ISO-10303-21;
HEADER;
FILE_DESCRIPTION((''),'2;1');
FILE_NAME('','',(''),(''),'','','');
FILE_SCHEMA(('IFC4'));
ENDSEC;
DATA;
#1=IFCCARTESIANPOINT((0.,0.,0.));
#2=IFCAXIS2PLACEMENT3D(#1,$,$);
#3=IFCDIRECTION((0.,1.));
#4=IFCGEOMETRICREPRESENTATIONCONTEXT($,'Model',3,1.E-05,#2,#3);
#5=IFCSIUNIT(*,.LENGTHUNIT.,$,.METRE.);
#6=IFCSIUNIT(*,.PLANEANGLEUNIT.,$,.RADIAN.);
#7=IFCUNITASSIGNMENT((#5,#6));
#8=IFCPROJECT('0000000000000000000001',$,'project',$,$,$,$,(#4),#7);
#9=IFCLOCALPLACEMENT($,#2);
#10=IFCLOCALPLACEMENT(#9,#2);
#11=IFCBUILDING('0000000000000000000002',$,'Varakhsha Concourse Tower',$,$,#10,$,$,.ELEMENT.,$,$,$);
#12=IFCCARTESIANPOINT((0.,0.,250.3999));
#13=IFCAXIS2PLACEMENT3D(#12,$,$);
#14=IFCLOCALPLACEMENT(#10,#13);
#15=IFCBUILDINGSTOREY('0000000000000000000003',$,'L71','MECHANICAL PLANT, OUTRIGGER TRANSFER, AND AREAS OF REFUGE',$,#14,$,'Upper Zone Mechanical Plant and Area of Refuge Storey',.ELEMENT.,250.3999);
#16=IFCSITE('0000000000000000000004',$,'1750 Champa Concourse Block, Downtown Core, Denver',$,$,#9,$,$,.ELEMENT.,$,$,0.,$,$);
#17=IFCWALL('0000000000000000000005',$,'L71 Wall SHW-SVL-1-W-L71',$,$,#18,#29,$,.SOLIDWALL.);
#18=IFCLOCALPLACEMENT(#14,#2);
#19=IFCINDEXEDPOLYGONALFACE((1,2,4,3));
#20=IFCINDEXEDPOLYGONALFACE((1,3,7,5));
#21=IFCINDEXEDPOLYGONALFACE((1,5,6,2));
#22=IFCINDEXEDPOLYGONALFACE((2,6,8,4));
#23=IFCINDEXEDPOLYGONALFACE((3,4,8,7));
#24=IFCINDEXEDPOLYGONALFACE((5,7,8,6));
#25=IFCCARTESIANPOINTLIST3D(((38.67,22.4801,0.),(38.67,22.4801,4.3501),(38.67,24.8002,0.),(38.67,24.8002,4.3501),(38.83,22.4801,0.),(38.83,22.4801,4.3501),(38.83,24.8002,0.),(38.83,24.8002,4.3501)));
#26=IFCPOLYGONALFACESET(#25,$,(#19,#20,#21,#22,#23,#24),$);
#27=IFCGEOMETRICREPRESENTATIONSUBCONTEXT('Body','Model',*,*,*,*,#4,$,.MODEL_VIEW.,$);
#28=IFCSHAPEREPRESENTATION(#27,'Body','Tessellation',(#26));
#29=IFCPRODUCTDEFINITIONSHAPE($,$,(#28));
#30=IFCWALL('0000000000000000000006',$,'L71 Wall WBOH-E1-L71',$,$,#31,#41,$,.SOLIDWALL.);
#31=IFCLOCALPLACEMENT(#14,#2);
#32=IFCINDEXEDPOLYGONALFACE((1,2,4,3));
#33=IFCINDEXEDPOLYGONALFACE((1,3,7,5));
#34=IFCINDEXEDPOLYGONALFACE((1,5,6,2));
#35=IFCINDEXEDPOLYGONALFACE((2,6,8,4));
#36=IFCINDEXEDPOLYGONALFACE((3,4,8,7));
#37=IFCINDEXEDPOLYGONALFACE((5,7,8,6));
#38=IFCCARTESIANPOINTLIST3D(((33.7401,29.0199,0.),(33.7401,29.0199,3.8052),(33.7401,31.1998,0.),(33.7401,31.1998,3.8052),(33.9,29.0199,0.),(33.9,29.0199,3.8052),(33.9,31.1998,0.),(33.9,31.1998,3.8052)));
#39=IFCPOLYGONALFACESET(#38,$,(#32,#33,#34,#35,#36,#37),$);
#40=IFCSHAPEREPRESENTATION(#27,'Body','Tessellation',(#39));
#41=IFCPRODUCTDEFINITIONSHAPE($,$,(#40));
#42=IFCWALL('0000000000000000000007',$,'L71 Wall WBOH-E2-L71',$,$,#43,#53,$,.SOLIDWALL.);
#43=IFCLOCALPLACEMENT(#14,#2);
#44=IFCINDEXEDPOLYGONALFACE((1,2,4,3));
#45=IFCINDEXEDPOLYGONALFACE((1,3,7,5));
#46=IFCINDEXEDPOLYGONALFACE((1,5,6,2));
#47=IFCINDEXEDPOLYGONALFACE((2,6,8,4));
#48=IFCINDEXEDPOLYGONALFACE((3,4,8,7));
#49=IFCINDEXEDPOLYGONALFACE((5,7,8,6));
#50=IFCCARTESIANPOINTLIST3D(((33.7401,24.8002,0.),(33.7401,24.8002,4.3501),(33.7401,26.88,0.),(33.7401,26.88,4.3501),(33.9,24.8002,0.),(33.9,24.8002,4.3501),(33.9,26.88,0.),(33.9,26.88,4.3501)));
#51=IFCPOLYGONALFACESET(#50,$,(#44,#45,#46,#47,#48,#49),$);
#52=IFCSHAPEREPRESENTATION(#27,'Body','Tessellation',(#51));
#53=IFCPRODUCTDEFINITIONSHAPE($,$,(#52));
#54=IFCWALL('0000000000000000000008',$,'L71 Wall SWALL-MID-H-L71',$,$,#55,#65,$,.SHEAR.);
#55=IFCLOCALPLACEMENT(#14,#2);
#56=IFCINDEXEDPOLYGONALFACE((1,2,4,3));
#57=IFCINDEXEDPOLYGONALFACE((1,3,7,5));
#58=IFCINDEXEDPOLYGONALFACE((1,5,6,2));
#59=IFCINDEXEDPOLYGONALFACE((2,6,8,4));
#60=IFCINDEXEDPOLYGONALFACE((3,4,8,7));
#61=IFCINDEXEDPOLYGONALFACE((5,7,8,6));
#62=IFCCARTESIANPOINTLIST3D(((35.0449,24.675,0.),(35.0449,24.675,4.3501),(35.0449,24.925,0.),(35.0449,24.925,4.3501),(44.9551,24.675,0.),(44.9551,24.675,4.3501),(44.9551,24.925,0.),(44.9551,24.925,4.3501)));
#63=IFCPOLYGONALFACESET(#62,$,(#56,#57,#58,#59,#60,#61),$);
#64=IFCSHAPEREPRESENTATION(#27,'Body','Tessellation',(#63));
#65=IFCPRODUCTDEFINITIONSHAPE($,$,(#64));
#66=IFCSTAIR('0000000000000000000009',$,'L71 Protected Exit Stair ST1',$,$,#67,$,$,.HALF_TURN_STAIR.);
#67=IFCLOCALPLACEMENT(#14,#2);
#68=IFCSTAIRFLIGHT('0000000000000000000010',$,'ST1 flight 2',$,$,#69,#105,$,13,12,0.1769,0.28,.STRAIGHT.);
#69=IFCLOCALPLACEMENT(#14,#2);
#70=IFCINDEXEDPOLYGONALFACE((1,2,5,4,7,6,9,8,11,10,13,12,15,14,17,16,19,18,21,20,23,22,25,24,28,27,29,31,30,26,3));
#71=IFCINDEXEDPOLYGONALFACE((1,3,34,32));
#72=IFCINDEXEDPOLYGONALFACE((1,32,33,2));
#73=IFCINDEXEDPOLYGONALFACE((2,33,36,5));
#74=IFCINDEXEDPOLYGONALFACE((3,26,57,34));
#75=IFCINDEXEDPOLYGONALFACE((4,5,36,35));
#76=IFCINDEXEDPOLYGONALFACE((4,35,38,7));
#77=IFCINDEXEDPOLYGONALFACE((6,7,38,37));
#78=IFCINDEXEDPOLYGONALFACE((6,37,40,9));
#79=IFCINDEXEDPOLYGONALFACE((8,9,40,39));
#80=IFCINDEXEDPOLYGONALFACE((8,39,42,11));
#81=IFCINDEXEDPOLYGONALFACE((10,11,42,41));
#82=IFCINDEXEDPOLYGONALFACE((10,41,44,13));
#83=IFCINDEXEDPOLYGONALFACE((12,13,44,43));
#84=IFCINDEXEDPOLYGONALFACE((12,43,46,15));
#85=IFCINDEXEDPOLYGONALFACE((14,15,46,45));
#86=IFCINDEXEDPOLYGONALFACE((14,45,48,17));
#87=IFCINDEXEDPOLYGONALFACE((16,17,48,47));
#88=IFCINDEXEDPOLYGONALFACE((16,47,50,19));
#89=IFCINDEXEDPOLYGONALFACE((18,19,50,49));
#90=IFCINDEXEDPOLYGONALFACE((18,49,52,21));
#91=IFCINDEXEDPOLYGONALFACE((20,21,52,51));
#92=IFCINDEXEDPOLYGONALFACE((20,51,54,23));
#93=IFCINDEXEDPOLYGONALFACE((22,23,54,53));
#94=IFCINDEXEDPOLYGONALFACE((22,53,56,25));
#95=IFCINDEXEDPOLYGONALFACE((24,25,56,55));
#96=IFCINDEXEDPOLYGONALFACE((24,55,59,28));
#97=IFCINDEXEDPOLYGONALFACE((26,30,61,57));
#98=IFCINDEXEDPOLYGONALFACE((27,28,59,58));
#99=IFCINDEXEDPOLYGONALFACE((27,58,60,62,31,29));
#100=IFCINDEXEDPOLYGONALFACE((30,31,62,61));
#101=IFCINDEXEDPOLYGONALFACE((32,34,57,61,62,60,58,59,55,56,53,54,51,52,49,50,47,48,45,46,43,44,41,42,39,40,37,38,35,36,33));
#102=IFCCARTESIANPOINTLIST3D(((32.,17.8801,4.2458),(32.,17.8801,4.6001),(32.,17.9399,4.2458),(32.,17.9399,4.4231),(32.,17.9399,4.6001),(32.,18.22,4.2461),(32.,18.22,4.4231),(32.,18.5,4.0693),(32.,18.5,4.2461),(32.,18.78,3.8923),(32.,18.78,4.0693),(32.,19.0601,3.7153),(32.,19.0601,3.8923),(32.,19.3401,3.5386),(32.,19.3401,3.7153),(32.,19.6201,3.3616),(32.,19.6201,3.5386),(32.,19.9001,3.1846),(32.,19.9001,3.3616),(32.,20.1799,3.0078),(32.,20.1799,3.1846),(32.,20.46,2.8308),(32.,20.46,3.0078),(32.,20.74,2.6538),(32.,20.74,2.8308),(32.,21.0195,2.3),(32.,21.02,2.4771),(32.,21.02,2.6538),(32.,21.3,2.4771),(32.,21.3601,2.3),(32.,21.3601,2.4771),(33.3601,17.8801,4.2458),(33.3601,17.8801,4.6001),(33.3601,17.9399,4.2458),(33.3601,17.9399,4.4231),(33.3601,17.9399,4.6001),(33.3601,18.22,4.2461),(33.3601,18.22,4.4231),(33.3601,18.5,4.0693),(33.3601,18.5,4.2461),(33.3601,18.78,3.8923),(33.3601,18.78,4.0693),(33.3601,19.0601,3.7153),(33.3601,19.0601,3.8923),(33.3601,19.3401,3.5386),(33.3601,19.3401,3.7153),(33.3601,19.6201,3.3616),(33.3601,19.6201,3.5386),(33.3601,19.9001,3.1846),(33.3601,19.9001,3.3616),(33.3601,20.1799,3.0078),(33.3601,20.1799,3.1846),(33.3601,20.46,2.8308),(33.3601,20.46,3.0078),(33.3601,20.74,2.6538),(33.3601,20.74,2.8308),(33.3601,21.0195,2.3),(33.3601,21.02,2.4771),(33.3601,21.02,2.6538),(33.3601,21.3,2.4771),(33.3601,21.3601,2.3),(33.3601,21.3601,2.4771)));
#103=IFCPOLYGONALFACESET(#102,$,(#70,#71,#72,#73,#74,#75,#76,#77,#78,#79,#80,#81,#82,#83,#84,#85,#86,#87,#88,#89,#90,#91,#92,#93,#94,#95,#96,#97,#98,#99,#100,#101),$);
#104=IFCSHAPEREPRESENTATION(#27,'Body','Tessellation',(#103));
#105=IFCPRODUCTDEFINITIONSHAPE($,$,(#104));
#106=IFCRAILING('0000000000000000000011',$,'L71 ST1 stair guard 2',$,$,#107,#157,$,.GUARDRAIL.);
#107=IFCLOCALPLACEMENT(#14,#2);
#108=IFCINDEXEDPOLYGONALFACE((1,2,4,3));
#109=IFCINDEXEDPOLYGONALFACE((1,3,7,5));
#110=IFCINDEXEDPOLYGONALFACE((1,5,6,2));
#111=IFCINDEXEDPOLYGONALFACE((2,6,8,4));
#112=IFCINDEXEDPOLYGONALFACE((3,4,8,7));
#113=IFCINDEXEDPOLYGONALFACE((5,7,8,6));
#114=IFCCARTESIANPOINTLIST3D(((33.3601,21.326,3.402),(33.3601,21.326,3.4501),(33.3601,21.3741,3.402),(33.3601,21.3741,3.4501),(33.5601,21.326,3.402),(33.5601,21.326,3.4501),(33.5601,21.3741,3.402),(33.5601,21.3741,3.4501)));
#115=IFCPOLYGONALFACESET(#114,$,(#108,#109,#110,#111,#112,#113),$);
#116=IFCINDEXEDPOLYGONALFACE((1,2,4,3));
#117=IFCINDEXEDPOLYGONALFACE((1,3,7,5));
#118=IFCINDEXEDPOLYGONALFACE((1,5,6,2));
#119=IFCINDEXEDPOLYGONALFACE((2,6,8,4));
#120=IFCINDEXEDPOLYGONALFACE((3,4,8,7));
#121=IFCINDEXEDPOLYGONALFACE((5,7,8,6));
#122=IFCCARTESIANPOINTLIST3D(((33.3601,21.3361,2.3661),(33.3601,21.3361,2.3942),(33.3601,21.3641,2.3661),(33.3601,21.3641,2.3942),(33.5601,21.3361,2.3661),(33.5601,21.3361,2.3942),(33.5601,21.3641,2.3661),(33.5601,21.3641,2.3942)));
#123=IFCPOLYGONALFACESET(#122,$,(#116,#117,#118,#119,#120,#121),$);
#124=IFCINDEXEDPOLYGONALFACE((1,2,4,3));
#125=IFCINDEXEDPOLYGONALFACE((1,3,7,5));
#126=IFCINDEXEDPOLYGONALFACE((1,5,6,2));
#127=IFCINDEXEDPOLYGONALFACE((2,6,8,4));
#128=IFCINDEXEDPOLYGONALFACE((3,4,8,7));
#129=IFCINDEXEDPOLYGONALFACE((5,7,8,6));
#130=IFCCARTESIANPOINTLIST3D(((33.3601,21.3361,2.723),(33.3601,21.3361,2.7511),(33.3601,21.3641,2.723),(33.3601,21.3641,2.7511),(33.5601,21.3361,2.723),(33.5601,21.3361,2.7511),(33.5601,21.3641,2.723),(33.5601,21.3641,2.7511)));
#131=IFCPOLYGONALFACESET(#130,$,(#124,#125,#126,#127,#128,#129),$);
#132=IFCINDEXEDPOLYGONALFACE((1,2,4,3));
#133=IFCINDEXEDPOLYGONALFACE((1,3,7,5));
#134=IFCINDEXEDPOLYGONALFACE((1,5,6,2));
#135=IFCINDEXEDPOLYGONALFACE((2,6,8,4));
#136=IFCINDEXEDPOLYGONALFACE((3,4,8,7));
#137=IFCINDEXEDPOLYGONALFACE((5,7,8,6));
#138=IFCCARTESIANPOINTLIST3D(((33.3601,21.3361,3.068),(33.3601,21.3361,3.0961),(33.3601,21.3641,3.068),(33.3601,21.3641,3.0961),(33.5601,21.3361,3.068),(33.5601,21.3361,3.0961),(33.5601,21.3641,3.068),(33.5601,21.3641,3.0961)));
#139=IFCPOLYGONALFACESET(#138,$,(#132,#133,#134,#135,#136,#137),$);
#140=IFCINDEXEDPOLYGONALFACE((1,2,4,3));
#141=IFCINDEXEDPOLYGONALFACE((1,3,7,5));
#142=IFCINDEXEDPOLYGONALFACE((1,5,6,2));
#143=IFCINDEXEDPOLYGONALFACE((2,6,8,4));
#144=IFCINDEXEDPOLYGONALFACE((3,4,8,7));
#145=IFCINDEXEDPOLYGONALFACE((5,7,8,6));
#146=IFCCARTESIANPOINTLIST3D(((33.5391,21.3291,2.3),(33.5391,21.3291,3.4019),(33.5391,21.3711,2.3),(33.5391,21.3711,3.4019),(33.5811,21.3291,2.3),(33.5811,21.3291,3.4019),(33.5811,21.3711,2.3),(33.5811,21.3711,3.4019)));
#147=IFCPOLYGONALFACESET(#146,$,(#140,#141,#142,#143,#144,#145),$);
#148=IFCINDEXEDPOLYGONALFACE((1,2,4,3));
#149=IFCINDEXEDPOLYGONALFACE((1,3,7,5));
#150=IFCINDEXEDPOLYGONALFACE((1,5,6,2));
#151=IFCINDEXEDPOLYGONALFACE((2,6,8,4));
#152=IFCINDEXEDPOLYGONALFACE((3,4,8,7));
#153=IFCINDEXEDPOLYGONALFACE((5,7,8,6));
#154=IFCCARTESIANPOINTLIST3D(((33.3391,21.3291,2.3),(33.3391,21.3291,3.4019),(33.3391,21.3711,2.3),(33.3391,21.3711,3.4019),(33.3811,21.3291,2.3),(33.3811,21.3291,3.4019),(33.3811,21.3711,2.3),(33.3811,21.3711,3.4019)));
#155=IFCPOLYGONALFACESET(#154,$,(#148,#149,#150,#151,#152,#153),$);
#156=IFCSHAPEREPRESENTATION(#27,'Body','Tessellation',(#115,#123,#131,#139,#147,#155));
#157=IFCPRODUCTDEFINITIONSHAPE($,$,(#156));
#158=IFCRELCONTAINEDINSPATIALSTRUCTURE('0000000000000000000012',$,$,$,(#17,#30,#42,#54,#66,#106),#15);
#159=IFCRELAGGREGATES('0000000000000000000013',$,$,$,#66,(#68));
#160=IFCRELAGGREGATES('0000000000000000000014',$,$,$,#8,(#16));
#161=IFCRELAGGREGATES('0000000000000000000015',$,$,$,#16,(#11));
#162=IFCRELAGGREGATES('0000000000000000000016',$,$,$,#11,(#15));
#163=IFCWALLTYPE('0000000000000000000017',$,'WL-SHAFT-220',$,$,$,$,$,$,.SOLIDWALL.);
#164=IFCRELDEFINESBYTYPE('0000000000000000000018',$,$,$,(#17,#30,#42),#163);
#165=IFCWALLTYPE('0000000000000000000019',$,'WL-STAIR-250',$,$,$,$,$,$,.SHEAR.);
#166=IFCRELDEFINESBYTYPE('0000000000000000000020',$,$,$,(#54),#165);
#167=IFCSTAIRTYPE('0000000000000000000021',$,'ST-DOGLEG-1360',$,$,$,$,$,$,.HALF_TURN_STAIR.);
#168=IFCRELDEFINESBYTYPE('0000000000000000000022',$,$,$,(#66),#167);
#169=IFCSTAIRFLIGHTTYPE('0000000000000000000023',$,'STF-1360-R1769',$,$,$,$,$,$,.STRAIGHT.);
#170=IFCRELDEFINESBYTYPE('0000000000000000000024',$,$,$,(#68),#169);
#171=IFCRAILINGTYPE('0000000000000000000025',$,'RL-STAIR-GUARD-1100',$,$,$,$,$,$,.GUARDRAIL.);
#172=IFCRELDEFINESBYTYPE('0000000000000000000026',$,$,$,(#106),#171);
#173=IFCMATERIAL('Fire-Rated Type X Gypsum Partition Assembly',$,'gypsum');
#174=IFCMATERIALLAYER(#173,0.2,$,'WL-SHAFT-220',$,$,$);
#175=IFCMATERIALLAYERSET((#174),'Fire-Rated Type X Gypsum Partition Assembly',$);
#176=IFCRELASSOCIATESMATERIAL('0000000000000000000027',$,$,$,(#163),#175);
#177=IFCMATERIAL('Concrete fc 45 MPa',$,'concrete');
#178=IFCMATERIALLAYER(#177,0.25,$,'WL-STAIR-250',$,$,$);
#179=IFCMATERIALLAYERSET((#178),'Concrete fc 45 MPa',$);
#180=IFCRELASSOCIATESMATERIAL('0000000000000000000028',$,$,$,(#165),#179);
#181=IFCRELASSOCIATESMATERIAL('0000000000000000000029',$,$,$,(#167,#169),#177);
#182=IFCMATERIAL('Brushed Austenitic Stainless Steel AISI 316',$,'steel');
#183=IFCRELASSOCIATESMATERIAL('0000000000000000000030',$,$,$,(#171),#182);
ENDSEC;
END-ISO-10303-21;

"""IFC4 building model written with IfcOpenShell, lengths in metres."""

from ifc_helpers import new_model, si_unit, direction, frame, frame_2d, origin, origin_2d, place, context, subcontext, project, spatial, polyline, rectangle, outline, extrude, material, layer, layer_set, type_object, element, aggregate, save


model = new_model("IFC4")

# Units and contexts
model_context = context("Model", 3, precision=1e-05, world=origin(), true_north=direction((0.0, 1.0)))
body_context = subcontext(model_context, "Body", "Model", "MODEL_VIEW")
ifc_project = project(units=[si_unit("LENGTHUNIT", "METRE"), si_unit("PLANEANGLEUNIT", "RADIAN")], contexts=[model_context])

# Site, building, storey
site_placement = place(None, origin())
site = spatial("IfcSite", under=ifc_project, at=site_placement, Name="1750 Champa Concourse Block, Downtown Core, Denver", CompositionType="ELEMENT", RefElevation=0.0)
building_placement = place(site_placement, origin())
building = spatial("IfcBuilding", under=site, at=building_placement, Name="Varakhsha Concourse Tower", CompositionType="ELEMENT")
storey_placement = place(building_placement, frame((0.0, 0.0, 250.3999)))
storey = spatial("IfcBuildingStorey", under=building, at=storey_placement, Name="L71", Description="MECHANICAL PLANT, OUTRIGGER TRANSFER, AND AREAS OF REFUGE", LongName="Upper Zone Mechanical Plant and Area of Refuge Storey", CompositionType="ELEMENT", Elevation=250.3999)

# Shared definitions
ifc_material_1 = material(Name="Fire-Rated Type X Gypsum Partition Assembly", Category="gypsum")

# Shared definitions
ifc_layer_1 = layer(ifc_material_1, 0.2, Name="WL-SHAFT-220")
ifc_layer_set_1 = layer_set([ifc_layer_1], Name="Fire-Rated Type X Gypsum Partition Assembly")
wall_type_1 = type_object("IfcWallType", Name="WL-SHAFT-220", PredefinedType="SOLIDWALL", material=ifc_layer_set_1)
ifc_material_2 = material(Name="Brushed Austenitic Stainless Steel AISI 316", Category="steel")

# Walls
for number, where, z_axis, x_axis, name in (
    (1, (38.75, 22.48, 0.0), (0.0, 0.0, 1.0), (0.0, 1.0, 0.0), "L71 Wall SHW-SVL-1-W-L71"),
):
    element("IfcWall", number, at=place(storey_placement, frame(where, z_axis=z_axis, x_axis=x_axis)), inside=storey, type_object=wall_type_1, Name=name, PredefinedType="SOLIDWALL", context=body_context, shape_type="SweptSolid", body=[
        extrude(rectangle(XDim=2.3201, YDim=0.1599, at=frame_2d((1.1602, 0.0))), origin(), (0.0, 0.0, 1.0), 4.3501),
    ])
wall_1_placement = place(storey_placement, frame((33.8201, 29.02, 0.0), z_axis=(0.0, 0.0, 1.0), x_axis=(0.0, 1.0, 0.0)))
element("IfcWall", 2, at=wall_1_placement, inside=storey, type_object=wall_type_1, Name="L71 Wall WBOH-E1-L71", PredefinedType="SOLIDWALL", context=body_context, shape_type="SweptSolid", body=[
    extrude(rectangle(XDim=2.1799, YDim=0.1599, at=frame_2d((1.0898, 0.0))), origin(), (0.0, 0.0, 1.0), 3.8052),
])
wall_2_placement = place(storey_placement, frame((33.8201, 24.8, 0.0), z_axis=(0.0, 0.0, 1.0), x_axis=(0.0, 1.0, 0.0)))
element("IfcWall", 3, at=wall_2_placement, inside=storey, type_object=wall_type_1, Name="L71 Wall WBOH-E2-L71", PredefinedType="SOLIDWALL", context=body_context, shape_type="SweptSolid", body=[
    extrude(rectangle(XDim=2.0798, YDim=0.1599, at=frame_2d((1.04, 0.0))), origin(), (0.0, 0.0, 1.0), 4.3501),
])
ifc_material_3 = material(Name="Concrete fc 45 MPa", Category="concrete")
ifc_layer_2 = layer(ifc_material_3, 0.25, Name="WL-STAIR-250")
ifc_layer_set_2 = layer_set([ifc_layer_2], Name="Concrete fc 45 MPa")
wall_type_2 = type_object("IfcWallType", Name="WL-STAIR-250", PredefinedType="SHEAR", material=ifc_layer_set_2)
wall_3_placement = place(storey_placement, frame((35.0449, 24.8, 0.0), z_axis=(0.0, 0.0, 1.0), x_axis=(1.0, 0.0, 0.0)))
element("IfcWall", 4, at=wall_3_placement, inside=storey, type_object=wall_type_2, Name="L71 Wall SWALL-MID-H-L71", PredefinedType="SHEAR", context=body_context, shape_type="SweptSolid", body=[
    extrude(rectangle(XDim=9.9102, YDim=0.25, at=frame_2d((4.9551, 0.0))), origin(), (0.0, 0.0, 1.0), 4.3501),
])

# Stair, stair flight
stair_type = type_object("IfcStairType", Name="ST-DOGLEG-1360", PredefinedType="HALF_TURN_STAIR", material=ifc_material_3)
stair_placement = place(storey_placement, origin())
stair = element("IfcStair", 5, at=stair_placement, inside=storey, type_object=stair_type, Name="L71 Protected Exit Stair ST1", PredefinedType="HALF_TURN_STAIR")
stair_flight_type = type_object("IfcStairFlightType", Name="STF-1360-R1769", PredefinedType="STRAIGHT", material=ifc_material_3)
stair_flight_placement = place(storey_placement, frame((32.6799, 21.3, 2.3), z_axis=(0.0, 0.0, 1.0), x_axis=(0.0, -1.0, 0.0)))
stair_flight = element("IfcStairFlight", 6, at=stair_flight_placement, type_object=stair_flight_type, Name="ST1 flight 2", NumberOfRisers=13, NumberOfTreads=12, PredefinedType="STRAIGHT", RiserHeight=0.1769, TreadLength=0.28, context=body_context, shape_type="SweptSolid", body=[
    extrude(outline(polyline([(-0.0601, 0.0), (-0.0601, 0.177), (0.0, 0.177), (0.28, 0.177), (0.28, 0.3538), (0.5601, 0.3538), (0.5601, 0.5308), (0.8401, 0.5308), (0.8401, 0.7078), (1.1201, 0.7078), (1.1201, 0.8845), (1.3999, 0.8845), (1.3999, 1.0615), (1.6799, 1.0615), (1.6799, 1.2385), (1.96, 1.2385), (1.96, 1.4153), (2.24, 1.4153), (2.24, 1.5923), (2.52, 1.5923), (2.52, 1.7693), (2.8, 1.7693), (2.8, 1.946), (3.0801, 1.946), (3.0801, 2.123), (3.3601, 2.123), (3.3601, 2.3), (3.4199, 2.3), (3.4199, 1.9458), (3.3601, 1.9458), (0.2805, 0.0), (-0.0601, 0.0)])), frame((0.0, 0.6802, 0.0), z_axis=(0.0, -1.0, 0.0), x_axis=(1.0, 0.0, 0.0)), (0.0, 0.0, 1.0), 1.3601),
])
aggregate(stair, [stair_flight])

# Railing
railing_type_1 = type_object("IfcRailingType", Name="RL-STAIR-GUARD-1100", PredefinedType="GUARDRAIL", material=ifc_material_2)
railing_1_placement = place(storey_placement, frame((33.5601, 21.3501, 2.3)))
element("IfcRailing", 7, at=railing_1_placement, inside=storey, type_object=railing_type_1, Name="L71 ST1 stair guard 2", PredefinedType="GUARDRAIL", context=body_context, shape_type="SweptSolid", body=[
    extrude(rectangle(XDim=0.0481, YDim=0.0481, at=origin_2d()), frame((0.0, 0.0, 1.126), z_axis=(-1.0, 0.0, 0.0), x_axis=(0.0, -1.0, 0.0)), (0.0, 0.0, 1.0), 0.2),
    extrude(rectangle(XDim=0.0281, YDim=0.0281, at=origin_2d()), frame((0.0, 0.0, 0.0801), z_axis=(-1.0, 0.0, 0.0), x_axis=(0.0, -1.0, 0.0)), (0.0, 0.0, 1.0), 0.2),
    extrude(rectangle(XDim=0.0281, YDim=0.0281, at=origin_2d()), frame((0.0, 0.0, 0.437), z_axis=(-1.0, 0.0, 0.0), x_axis=(0.0, -1.0, 0.0)), (0.0, 0.0, 1.0), 0.2),
    extrude(rectangle(XDim=0.0281, YDim=0.0281, at=origin_2d()), frame((0.0, 0.0, 0.782), z_axis=(-1.0, 0.0, 0.0), x_axis=(0.0, -1.0, 0.0)), (0.0, 0.0, 1.0), 0.2),
    extrude(rectangle(XDim=0.042, YDim=0.042, at=origin_2d()), origin(), (0.0, 0.0, 1.0), 1.1018),
    extrude(rectangle(XDim=0.042, YDim=0.042, at=origin_2d()), frame((-0.2, 0.0, 0.0)), (0.0, 0.0, 1.0), 1.1018),
])

save(model, "model.ifc")
